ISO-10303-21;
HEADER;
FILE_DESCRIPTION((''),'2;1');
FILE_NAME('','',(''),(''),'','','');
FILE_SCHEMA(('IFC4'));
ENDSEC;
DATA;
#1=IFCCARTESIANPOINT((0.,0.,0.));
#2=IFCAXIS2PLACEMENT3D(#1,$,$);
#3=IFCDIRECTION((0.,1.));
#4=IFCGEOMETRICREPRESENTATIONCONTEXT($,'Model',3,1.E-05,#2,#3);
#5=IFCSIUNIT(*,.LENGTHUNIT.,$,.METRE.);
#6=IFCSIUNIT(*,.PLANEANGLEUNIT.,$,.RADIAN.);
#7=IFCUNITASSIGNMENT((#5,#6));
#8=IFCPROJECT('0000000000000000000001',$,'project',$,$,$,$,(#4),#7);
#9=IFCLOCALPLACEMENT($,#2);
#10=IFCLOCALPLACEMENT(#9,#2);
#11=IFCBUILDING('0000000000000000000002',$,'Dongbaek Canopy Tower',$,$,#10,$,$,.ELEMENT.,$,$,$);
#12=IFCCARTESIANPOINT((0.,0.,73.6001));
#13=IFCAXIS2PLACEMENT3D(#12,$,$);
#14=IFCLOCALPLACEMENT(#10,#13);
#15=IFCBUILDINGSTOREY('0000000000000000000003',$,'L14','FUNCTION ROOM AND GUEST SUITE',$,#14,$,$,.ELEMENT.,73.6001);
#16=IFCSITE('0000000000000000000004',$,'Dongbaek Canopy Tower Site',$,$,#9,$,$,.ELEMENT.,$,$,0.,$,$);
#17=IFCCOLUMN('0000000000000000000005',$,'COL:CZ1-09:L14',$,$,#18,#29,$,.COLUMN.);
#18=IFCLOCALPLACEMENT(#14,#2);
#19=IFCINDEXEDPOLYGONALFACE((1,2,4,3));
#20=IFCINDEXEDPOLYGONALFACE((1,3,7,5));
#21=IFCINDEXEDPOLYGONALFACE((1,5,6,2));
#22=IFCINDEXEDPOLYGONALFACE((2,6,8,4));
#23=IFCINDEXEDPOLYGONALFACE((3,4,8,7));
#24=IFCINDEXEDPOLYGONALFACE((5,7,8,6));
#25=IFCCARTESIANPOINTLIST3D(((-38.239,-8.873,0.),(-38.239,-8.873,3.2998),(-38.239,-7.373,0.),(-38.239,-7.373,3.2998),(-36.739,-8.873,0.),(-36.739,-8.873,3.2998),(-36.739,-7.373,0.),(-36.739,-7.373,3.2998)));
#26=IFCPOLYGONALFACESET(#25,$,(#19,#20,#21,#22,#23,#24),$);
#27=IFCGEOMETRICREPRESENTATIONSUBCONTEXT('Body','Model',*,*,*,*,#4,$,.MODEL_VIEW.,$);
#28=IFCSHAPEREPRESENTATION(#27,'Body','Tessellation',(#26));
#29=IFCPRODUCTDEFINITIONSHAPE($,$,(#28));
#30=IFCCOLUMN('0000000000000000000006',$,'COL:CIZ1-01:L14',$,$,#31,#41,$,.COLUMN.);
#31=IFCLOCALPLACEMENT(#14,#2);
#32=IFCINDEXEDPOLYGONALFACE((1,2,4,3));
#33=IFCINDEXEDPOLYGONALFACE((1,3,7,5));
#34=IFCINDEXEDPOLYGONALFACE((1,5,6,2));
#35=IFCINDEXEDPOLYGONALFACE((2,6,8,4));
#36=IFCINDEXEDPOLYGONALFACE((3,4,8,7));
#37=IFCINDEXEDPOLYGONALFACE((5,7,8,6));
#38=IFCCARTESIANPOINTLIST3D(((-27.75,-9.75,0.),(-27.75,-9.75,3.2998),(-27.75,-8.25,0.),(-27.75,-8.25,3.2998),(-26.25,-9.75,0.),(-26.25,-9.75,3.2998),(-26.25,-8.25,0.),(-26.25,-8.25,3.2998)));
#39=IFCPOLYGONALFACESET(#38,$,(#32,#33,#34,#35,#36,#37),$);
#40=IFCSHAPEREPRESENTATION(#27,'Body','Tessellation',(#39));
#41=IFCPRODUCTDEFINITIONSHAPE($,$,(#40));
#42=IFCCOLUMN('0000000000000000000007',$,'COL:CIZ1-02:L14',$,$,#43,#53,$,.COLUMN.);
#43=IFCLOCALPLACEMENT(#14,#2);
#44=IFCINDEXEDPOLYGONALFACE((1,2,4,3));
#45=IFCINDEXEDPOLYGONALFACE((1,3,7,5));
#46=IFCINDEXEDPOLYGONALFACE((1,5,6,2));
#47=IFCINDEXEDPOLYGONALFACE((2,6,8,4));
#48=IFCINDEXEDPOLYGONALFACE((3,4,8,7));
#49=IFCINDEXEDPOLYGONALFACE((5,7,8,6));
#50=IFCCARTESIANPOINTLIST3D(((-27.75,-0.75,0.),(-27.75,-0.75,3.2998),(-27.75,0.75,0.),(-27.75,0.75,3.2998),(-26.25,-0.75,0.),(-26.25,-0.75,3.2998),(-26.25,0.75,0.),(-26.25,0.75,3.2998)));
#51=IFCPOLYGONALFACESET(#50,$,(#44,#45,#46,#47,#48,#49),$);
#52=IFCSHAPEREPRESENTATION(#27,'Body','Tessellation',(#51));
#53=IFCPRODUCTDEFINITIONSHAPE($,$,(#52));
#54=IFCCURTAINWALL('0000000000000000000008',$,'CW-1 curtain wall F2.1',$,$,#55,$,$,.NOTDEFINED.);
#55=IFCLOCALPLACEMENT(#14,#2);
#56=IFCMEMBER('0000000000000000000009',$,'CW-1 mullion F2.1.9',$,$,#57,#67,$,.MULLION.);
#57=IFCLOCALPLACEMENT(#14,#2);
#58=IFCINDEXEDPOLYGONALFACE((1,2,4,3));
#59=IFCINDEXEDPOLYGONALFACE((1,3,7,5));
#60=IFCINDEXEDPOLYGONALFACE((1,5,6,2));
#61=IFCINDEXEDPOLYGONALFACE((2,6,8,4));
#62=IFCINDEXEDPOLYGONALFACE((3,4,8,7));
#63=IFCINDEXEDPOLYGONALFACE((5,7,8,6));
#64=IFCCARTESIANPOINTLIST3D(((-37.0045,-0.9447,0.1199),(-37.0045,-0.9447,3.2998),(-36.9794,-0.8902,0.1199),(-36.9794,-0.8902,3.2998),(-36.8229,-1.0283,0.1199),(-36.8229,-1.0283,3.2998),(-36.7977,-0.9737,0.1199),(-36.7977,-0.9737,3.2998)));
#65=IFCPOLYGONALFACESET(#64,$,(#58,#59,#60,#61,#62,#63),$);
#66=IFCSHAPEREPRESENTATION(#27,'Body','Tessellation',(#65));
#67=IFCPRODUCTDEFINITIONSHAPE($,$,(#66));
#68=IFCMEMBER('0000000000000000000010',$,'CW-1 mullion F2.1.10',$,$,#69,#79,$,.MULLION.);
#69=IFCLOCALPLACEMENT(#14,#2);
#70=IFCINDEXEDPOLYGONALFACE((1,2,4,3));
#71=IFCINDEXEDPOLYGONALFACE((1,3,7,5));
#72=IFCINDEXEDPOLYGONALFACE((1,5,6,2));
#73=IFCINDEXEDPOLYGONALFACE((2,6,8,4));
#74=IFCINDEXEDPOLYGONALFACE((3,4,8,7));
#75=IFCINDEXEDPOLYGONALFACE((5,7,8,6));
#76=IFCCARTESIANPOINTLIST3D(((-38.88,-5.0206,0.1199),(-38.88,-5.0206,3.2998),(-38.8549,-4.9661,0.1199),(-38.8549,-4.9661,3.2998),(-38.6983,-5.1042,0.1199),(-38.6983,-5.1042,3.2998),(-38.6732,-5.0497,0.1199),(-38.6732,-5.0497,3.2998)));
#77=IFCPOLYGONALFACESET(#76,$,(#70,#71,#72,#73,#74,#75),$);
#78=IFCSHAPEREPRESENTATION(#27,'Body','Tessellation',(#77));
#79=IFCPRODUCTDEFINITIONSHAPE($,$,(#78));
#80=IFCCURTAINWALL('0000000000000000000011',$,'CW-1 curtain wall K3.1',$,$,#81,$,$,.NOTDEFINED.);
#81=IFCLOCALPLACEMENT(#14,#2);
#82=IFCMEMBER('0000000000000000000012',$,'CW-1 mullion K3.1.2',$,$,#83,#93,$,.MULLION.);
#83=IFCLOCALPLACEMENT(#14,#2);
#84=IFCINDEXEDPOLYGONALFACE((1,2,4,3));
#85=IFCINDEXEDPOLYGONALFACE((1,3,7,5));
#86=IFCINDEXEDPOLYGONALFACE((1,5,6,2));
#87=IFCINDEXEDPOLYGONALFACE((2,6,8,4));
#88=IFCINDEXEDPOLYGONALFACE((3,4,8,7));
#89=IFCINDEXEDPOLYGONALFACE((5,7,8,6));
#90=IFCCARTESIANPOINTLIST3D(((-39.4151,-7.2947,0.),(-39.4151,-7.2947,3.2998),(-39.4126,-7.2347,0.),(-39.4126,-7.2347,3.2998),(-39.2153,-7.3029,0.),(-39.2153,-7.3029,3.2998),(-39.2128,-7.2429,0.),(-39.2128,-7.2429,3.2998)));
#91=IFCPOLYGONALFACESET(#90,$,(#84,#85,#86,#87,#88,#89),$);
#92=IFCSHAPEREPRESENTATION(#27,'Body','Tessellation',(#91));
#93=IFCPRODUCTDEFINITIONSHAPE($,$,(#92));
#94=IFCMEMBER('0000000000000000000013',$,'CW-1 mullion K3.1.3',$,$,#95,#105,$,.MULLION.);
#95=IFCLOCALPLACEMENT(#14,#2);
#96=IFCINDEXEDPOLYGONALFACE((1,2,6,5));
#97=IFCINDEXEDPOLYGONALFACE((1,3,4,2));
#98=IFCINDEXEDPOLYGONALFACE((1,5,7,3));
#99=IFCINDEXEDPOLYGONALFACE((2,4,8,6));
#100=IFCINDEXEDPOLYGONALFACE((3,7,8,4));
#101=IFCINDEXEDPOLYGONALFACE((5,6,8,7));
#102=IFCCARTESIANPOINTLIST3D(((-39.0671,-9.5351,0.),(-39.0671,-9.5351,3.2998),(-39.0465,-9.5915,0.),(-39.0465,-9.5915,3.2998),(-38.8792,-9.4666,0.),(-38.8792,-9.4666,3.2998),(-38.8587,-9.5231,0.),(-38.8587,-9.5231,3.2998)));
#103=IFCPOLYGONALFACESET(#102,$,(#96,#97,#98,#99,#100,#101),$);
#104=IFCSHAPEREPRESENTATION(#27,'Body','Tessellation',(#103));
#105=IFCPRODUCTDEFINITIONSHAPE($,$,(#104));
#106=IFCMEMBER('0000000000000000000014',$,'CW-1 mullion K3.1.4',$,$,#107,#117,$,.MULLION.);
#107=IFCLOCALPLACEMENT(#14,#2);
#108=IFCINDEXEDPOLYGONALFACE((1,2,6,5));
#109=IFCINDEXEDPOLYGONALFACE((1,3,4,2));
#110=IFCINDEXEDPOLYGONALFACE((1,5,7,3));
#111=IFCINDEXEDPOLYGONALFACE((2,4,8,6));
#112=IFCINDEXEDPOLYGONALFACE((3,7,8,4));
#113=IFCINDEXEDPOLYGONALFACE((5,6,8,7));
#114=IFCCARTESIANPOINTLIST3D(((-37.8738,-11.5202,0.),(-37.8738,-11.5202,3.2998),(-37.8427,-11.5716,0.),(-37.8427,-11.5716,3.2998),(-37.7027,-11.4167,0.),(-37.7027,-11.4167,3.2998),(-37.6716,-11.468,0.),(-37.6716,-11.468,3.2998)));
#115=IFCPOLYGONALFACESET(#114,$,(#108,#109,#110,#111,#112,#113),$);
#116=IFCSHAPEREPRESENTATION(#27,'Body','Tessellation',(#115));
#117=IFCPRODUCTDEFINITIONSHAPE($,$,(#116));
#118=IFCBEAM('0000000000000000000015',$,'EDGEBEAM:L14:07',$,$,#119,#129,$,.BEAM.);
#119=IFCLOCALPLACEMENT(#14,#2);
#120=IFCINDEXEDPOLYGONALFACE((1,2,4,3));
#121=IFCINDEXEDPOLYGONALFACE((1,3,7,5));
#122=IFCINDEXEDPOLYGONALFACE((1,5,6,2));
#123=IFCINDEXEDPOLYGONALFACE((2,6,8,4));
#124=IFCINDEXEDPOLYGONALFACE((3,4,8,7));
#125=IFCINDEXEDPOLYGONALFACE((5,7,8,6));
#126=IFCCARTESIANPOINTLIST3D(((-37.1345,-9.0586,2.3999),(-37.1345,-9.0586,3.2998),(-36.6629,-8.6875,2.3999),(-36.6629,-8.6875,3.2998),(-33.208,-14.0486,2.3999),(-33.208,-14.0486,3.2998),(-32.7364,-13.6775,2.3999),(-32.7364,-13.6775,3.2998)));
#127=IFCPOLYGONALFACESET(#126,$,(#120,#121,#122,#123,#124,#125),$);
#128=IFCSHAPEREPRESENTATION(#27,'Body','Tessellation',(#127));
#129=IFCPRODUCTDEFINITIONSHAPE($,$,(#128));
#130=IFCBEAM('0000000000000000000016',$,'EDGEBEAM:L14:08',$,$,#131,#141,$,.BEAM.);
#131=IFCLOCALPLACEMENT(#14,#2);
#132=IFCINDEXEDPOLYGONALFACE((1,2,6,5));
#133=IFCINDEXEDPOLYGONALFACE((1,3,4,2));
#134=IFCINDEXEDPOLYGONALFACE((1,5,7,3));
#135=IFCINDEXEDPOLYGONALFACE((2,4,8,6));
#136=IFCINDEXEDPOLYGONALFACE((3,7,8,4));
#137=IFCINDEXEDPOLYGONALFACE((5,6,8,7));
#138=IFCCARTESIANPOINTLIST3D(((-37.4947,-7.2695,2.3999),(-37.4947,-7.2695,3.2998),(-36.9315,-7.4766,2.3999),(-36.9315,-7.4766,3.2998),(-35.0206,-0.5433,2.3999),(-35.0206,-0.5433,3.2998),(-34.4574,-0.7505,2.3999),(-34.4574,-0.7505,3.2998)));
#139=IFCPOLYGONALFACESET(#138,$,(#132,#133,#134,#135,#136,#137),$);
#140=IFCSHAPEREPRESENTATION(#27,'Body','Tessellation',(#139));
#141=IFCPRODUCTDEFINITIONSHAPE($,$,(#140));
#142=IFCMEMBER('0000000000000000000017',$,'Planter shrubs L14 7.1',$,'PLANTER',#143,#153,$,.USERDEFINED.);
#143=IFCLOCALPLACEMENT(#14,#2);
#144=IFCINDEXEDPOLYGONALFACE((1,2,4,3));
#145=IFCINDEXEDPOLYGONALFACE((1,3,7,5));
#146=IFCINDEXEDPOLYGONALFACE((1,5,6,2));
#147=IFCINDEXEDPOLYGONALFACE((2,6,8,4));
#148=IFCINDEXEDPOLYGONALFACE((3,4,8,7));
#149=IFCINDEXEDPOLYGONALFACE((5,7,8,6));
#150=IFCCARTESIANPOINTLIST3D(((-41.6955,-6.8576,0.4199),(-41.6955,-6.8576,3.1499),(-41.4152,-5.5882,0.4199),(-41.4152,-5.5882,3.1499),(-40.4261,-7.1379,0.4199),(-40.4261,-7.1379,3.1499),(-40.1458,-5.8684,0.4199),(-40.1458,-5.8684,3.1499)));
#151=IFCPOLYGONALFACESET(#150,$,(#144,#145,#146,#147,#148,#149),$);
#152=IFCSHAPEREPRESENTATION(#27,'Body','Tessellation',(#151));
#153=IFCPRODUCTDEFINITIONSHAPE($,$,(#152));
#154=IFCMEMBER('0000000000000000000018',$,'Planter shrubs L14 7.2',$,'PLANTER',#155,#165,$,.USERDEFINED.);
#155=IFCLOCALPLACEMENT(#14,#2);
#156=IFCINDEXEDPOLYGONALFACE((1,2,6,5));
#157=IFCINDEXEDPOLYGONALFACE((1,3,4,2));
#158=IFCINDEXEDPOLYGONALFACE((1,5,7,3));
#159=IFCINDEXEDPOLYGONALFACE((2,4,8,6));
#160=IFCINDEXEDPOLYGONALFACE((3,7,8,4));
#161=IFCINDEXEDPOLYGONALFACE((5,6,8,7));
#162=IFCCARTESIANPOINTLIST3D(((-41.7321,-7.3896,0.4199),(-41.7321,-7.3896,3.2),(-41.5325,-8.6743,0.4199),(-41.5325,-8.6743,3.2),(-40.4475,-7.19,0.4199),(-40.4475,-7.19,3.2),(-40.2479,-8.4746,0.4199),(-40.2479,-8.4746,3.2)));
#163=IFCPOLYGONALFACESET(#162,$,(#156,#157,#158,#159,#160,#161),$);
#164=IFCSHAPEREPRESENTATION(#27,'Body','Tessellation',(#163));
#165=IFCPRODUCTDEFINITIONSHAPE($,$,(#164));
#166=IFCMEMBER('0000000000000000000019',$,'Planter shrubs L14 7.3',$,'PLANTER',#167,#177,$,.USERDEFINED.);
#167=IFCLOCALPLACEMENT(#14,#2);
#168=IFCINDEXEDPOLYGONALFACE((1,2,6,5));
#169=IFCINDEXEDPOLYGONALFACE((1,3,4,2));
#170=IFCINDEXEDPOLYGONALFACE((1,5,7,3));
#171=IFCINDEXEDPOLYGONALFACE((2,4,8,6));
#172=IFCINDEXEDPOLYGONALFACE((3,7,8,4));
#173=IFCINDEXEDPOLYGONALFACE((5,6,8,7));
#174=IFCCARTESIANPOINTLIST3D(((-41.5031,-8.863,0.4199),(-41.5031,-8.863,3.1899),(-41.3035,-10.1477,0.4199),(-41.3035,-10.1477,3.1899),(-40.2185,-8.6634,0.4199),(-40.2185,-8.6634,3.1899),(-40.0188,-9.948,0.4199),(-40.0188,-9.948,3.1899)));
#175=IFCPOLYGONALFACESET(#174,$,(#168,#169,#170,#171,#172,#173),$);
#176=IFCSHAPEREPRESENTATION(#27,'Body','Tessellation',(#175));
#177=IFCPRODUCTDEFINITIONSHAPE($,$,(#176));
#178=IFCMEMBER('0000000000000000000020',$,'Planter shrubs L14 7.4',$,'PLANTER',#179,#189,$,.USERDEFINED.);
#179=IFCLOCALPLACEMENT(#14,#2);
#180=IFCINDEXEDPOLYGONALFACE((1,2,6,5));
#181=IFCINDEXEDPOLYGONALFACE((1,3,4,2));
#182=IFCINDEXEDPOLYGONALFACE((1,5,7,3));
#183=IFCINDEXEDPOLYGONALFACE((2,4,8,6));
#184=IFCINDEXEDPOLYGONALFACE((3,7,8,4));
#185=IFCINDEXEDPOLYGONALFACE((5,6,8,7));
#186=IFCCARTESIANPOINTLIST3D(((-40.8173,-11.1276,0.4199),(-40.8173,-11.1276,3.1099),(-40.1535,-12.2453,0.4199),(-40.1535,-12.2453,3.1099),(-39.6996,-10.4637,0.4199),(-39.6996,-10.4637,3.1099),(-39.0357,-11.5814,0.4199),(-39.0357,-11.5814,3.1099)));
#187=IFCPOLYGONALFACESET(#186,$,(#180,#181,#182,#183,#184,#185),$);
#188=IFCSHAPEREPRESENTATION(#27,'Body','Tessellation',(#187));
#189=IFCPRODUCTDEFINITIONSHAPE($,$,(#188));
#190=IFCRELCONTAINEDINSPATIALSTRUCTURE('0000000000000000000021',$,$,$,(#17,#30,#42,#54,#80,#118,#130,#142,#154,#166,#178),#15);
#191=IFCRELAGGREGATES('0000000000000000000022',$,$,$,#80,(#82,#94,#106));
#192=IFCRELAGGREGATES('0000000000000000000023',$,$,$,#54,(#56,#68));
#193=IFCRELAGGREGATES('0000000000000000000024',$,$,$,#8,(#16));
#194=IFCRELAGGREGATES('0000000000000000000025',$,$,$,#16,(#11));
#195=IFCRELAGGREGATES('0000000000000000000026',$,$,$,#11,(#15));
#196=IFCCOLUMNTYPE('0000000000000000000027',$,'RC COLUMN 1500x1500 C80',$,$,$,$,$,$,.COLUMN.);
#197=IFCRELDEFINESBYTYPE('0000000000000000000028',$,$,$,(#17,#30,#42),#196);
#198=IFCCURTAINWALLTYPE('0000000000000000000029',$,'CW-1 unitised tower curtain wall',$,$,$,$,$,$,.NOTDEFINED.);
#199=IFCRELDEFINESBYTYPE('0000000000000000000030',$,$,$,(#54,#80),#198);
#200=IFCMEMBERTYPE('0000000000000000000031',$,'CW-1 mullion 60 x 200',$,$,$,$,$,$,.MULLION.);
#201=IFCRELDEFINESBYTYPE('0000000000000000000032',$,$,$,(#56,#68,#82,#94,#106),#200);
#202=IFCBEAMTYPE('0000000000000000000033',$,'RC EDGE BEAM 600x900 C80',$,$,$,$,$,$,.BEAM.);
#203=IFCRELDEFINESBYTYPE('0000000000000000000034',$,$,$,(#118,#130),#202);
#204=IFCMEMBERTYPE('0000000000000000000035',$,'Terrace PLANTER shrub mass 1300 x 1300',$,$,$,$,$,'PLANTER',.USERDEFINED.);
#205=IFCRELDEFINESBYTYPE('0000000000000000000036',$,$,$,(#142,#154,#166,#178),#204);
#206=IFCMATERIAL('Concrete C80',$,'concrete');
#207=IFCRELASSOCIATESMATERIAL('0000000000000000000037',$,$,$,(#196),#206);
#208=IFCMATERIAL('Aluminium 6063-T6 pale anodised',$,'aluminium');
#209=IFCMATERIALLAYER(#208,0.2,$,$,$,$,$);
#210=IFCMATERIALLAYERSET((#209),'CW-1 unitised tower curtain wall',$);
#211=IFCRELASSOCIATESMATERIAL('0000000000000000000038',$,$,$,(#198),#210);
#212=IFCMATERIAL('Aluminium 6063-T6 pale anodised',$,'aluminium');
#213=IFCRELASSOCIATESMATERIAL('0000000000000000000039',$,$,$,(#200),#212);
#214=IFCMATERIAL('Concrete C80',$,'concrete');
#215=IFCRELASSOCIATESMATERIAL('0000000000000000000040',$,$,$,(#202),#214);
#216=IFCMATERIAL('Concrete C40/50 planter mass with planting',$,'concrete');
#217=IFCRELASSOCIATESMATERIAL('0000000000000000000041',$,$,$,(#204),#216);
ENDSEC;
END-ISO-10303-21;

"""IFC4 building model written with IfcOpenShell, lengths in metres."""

from ifc_helpers import new_model, si_unit, direction, frame, origin, origin_2d, place, context, subcontext, project, spatial, rectangle, extrude, material, layer, layer_set, material_profile, profile_set, type_object, element, aggregate, save


model = new_model("IFC4")

# Units and contexts
model_context = context("Model", 3, precision=1e-05, world=origin(), true_north=direction((0.0, 1.0)))
body_context = subcontext(model_context, "Body", "Model", "MODEL_VIEW")
ifc_project = project(units=[si_unit("LENGTHUNIT", "METRE"), si_unit("PLANEANGLEUNIT", "RADIAN")], contexts=[model_context])

# Site, building, storey
site_placement = place(None, origin())
site = spatial("IfcSite", under=ifc_project, at=site_placement, Name="Dongbaek Canopy Tower Site", CompositionType="ELEMENT", RefElevation=0.0)
building_placement = place(site_placement, origin())
building = spatial("IfcBuilding", under=site, at=building_placement, Name="Dongbaek Canopy Tower", CompositionType="ELEMENT")
storey_placement = place(building_placement, frame((0.0, 0.0, 73.6001)))
storey = spatial("IfcBuildingStorey", under=building, at=storey_placement, Name="L14", Description="FUNCTION ROOM AND GUEST SUITE", CompositionType="ELEMENT", Elevation=73.6001)

# Columns
ifc_material_1 = material(Name="Concrete C80", Category="concrete")
ifc_material_profile_1 = material_profile(ifc_material_1, rectangle(XDim=1.5, YDim=1.5, at=origin_2d()), Name="RC COLUMN 1500x1500 C80")
ifc_profile_set_1 = profile_set([ifc_material_profile_1], Name="Concrete C80")
column_type = type_object("IfcColumnType", Name="RC COLUMN 1500x1500 C80", PredefinedType="COLUMN", material=ifc_profile_set_1)
for number, where, z_axis, x_axis, name in (
    (1, (-37.489, -8.123, 0.0), (0.0, 0.0, 1.0), (1.0, 0.0, 0.0), "COL:CZ1-09:L14"),
    (2, (-27.0, -9.0, 0.0), (0.0, 0.0, 1.0), (1.0, 0.0, 0.0), "COL:CIZ1-01:L14"),
    (3, (-27.0, 0.0, 0.0), (0.0, 0.0, 1.0), (1.0, 0.0, 0.0), "COL:CIZ1-02:L14"),
):
    element("IfcColumn", number, at=place(storey_placement, frame(where, z_axis=z_axis, x_axis=x_axis)), inside=storey, type_object=column_type, Name=name, PredefinedType="COLUMN", context=body_context, shape_type="SweptSolid", body=[
        extrude(rectangle(XDim=1.5, YDim=1.5, at=origin_2d()), origin(), (0.0, 0.0, 1.0), 3.2998),
    ])

# Curtain walls, members
ifc_material_2 = material(Name="Aluminium 6063-T6 pale anodised", Category="aluminium")
ifc_layer_1 = layer(ifc_material_2, 0.2)
ifc_layer_set_1 = layer_set([ifc_layer_1], Name="CW-1 unitised tower curtain wall")
curtain_wall_type = type_object("IfcCurtainWallType", Name="CW-1 unitised tower curtain wall", PredefinedType="NOTDEFINED", material=ifc_layer_set_1)
curtain_wall_1_placement = place(storey_placement, origin())
curtain_wall_1 = element("IfcCurtainWall", 4, at=curtain_wall_1_placement, inside=storey, type_object=curtain_wall_type, Name="CW-1 curtain wall F2.1", PredefinedType="NOTDEFINED")
ifc_material_3 = material(Name="Aluminium 6063-T6 pale anodised", Category="aluminium")
ifc_material_profile_2 = material_profile(ifc_material_3, rectangle(XDim=0.2, YDim=0.0601, at=origin_2d()), Name="CW-1 mullion 60 x 200")
ifc_profile_set_2 = profile_set([ifc_material_profile_2], Name="Aluminium 6063-T6 pale anodised")
member_type_1 = type_object("IfcMemberType", Name="CW-1 mullion 60 x 200", PredefinedType="MULLION", material=ifc_profile_set_2)
member_1_placement = place(storey_placement, frame((-36.9011, -0.9592, 0.1199), z_axis=(0.0, 0.0, 1.0), x_axis=(-0.908436, 0.418025, 0.0)))
member_1 = element("IfcMember", 5, at=member_1_placement, type_object=member_type_1, Name="CW-1 mullion F2.1.9", PredefinedType="MULLION", context=body_context, shape_type="SweptSolid", body=[
    extrude(rectangle(XDim=0.2, YDim=0.0601, at=origin_2d()), origin(), (0.0, 0.0, 1.0), 3.1799),
])
member_2_placement = place(storey_placement, frame((-38.7766, -5.0352, 0.1199), z_axis=(0.0, 0.0, 1.0), x_axis=(-0.908436, 0.418025, 0.0)))
member_2 = element("IfcMember", 6, at=member_2_placement, type_object=member_type_1, Name="CW-1 mullion F2.1.10", PredefinedType="MULLION", context=body_context, shape_type="SweptSolid", body=[
    extrude(rectangle(XDim=0.2, YDim=0.0601, at=origin_2d()), origin(), (0.0, 0.0, 1.0), 3.1799),
])
curtain_wall_2_placement = place(storey_placement, origin())
curtain_wall_2 = element("IfcCurtainWall", 7, at=curtain_wall_2_placement, inside=storey, type_object=curtain_wall_type, Name="CW-1 curtain wall K3.1", PredefinedType="NOTDEFINED")
member_3_placement = place(storey_placement, frame((-39.314, -7.2688, 0.0), z_axis=(0.0, 0.0, 1.0), x_axis=(-0.999161, 0.040959, 0.0)))
member_3 = element("IfcMember", 8, at=member_3_placement, type_object=member_type_1, Name="CW-1 mullion K3.1.2", PredefinedType="MULLION", context=body_context, shape_type="SweptSolid", body=[
    extrude(rectangle(XDim=0.2, YDim=0.0601, at=origin_2d()), origin(), (0.0, 0.0, 1.0), 3.2998),
])
member_4_placement = place(storey_placement, frame((-38.9629, -9.5291, 0.0), z_axis=(0.0, 0.0, 1.0), x_axis=(-0.939603, -0.342267, 0.0)))
member_4 = element("IfcMember", 9, at=member_4_placement, type_object=member_type_1, Name="CW-1 mullion K3.1.3", PredefinedType="MULLION", context=body_context, shape_type="SweptSolid", body=[
    extrude(rectangle(XDim=0.2, YDim=0.0601, at=origin_2d()), origin(), (0.0, 0.0, 1.0), 3.2998),
])
member_5_placement = place(storey_placement, frame((-37.7727, -11.4941, 0.0), z_axis=(0.0, 0.0, 1.0), x_axis=(-0.855398, -0.517971, 0.0)))
member_5 = element("IfcMember", 10, at=member_5_placement, type_object=member_type_1, Name="CW-1 mullion K3.1.4", PredefinedType="MULLION", context=body_context, shape_type="SweptSolid", body=[
    extrude(rectangle(XDim=0.2, YDim=0.0601, at=origin_2d()), origin(), (0.0, 0.0, 1.0), 3.2998),
])

# Beams
ifc_material_4 = material(Name="Concrete C80", Category="concrete")
ifc_material_profile_3 = material_profile(ifc_material_4, rectangle(XDim=0.6001, YDim=0.8999, at=origin_2d()), Name="RC EDGE BEAM 600x900 C80")
ifc_profile_set_3 = profile_set([ifc_material_profile_3], Name="Concrete C80")
beam_type = type_object("IfcBeamType", Name="RC EDGE BEAM 600x900 C80", PredefinedType="BEAM", material=ifc_profile_set_3)
beam_1_placement = place(storey_placement, frame((-32.9722, -13.863, 2.8499), z_axis=(-0.618387, 0.785874, 0.0), x_axis=(-0.785874, -0.618387, 0.0)))
element("IfcBeam", 11, at=beam_1_placement, inside=storey, type_object=beam_type, Name="EDGEBEAM:L14:07", PredefinedType="BEAM", context=body_context, shape_type="SweptSolid", body=[
    extrude(rectangle(XDim=0.6001, YDim=0.8999, at=origin_2d()), origin(), (0.0, 0.0, 1.0), 6.3496),
])
beam_2_placement = place(storey_placement, frame((-37.2131, -7.373, 2.8499), z_axis=(0.345225, 0.93852, 0.0), x_axis=(-0.93852, 0.345225, 0.0)))
element("IfcBeam", 12, at=beam_2_placement, inside=storey, type_object=beam_type, Name="EDGEBEAM:L14:08", PredefinedType="BEAM", context=body_context, shape_type="SweptSolid", body=[
    extrude(rectangle(XDim=0.6001, YDim=0.8999, at=origin_2d()), origin(), (0.0, 0.0, 1.0), 7.1667),
])

# Members
ifc_material_5 = material(Name="Concrete C40/50 planter mass with planting", Category="concrete")
ifc_material_profile_4 = material_profile(ifc_material_5, rectangle(XDim=1.3, YDim=1.3, at=origin_2d()), Name="Terrace PLANTER shrub mass 1300 x 1300")
ifc_profile_set_4 = profile_set([ifc_material_profile_4], Name="Concrete C40/50 planter mass with planting")
member_type_2 = type_object("IfcMemberType", Name="Terrace PLANTER shrub mass 1300 x 1300", ElementType="PLANTER", PredefinedType="USERDEFINED", material=ifc_profile_set_4)
member_6_placement = place(storey_placement, frame((-40.9207, -6.363, 0.4199), z_axis=(0.0, 0.0, 1.0), x_axis=(-0.976482, 0.215598, 0.0)))
element("IfcMember", 13, at=member_6_placement, inside=storey, type_object=member_type_2, Name="Planter shrubs L14 7.1", ObjectType="PLANTER", PredefinedType="USERDEFINED", context=body_context, shape_type="SweptSolid", body=[
    extrude(rectangle(XDim=1.3, YDim=1.3, at=origin_2d()), origin(), (0.0, 0.0, 1.0), 2.73),
])
member_7_placement = place(storey_placement, frame((-40.99, -7.9321, 0.4199), z_axis=(0.0, 0.0, 1.0), x_axis=(-0.988138, -0.153569, 0.0)))
element("IfcMember", 14, at=member_7_placement, inside=storey, type_object=member_type_2, Name="Planter shrubs L14 7.2", ObjectType="PLANTER", PredefinedType="USERDEFINED", context=body_context, shape_type="SweptSolid", body=[
    extrude(rectangle(XDim=1.3, YDim=1.3, at=origin_2d()), origin(), (0.0, 0.0, 1.0), 2.78),
])
member_8_placement = place(storey_placement, frame((-40.761, -9.4055, 0.4199), z_axis=(0.0, 0.0, 1.0), x_axis=(-0.988138, -0.153569, 0.0)))
element("IfcMember", 15, at=member_8_placement, inside=storey, type_object=member_type_2, Name="Planter shrubs L14 7.3", ObjectType="PLANTER", PredefinedType="USERDEFINED", context=body_context, shape_type="SweptSolid", body=[
    extrude(rectangle(XDim=1.3, YDim=1.3, at=origin_2d()), origin(), (0.0, 0.0, 1.0), 2.77),
])
member_9_placement = place(storey_placement, frame((-39.9265, -11.3545, 0.4199), z_axis=(0.0, 0.0, 1.0), x_axis=(-0.859783, -0.510659, 0.0)))
element("IfcMember", 16, at=member_9_placement, inside=storey, type_object=member_type_2, Name="Planter shrubs L14 7.4", ObjectType="PLANTER", PredefinedType="USERDEFINED", context=body_context, shape_type="SweptSolid", body=[
    extrude(rectangle(XDim=1.3, YDim=1.3, at=origin_2d()), origin(), (0.0, 0.0, 1.0), 2.6899),
])

aggregate(curtain_wall_2, [member_3, member_4, member_5])

aggregate(curtain_wall_1, [member_1, member_2])

save(model, "model.ifc")
